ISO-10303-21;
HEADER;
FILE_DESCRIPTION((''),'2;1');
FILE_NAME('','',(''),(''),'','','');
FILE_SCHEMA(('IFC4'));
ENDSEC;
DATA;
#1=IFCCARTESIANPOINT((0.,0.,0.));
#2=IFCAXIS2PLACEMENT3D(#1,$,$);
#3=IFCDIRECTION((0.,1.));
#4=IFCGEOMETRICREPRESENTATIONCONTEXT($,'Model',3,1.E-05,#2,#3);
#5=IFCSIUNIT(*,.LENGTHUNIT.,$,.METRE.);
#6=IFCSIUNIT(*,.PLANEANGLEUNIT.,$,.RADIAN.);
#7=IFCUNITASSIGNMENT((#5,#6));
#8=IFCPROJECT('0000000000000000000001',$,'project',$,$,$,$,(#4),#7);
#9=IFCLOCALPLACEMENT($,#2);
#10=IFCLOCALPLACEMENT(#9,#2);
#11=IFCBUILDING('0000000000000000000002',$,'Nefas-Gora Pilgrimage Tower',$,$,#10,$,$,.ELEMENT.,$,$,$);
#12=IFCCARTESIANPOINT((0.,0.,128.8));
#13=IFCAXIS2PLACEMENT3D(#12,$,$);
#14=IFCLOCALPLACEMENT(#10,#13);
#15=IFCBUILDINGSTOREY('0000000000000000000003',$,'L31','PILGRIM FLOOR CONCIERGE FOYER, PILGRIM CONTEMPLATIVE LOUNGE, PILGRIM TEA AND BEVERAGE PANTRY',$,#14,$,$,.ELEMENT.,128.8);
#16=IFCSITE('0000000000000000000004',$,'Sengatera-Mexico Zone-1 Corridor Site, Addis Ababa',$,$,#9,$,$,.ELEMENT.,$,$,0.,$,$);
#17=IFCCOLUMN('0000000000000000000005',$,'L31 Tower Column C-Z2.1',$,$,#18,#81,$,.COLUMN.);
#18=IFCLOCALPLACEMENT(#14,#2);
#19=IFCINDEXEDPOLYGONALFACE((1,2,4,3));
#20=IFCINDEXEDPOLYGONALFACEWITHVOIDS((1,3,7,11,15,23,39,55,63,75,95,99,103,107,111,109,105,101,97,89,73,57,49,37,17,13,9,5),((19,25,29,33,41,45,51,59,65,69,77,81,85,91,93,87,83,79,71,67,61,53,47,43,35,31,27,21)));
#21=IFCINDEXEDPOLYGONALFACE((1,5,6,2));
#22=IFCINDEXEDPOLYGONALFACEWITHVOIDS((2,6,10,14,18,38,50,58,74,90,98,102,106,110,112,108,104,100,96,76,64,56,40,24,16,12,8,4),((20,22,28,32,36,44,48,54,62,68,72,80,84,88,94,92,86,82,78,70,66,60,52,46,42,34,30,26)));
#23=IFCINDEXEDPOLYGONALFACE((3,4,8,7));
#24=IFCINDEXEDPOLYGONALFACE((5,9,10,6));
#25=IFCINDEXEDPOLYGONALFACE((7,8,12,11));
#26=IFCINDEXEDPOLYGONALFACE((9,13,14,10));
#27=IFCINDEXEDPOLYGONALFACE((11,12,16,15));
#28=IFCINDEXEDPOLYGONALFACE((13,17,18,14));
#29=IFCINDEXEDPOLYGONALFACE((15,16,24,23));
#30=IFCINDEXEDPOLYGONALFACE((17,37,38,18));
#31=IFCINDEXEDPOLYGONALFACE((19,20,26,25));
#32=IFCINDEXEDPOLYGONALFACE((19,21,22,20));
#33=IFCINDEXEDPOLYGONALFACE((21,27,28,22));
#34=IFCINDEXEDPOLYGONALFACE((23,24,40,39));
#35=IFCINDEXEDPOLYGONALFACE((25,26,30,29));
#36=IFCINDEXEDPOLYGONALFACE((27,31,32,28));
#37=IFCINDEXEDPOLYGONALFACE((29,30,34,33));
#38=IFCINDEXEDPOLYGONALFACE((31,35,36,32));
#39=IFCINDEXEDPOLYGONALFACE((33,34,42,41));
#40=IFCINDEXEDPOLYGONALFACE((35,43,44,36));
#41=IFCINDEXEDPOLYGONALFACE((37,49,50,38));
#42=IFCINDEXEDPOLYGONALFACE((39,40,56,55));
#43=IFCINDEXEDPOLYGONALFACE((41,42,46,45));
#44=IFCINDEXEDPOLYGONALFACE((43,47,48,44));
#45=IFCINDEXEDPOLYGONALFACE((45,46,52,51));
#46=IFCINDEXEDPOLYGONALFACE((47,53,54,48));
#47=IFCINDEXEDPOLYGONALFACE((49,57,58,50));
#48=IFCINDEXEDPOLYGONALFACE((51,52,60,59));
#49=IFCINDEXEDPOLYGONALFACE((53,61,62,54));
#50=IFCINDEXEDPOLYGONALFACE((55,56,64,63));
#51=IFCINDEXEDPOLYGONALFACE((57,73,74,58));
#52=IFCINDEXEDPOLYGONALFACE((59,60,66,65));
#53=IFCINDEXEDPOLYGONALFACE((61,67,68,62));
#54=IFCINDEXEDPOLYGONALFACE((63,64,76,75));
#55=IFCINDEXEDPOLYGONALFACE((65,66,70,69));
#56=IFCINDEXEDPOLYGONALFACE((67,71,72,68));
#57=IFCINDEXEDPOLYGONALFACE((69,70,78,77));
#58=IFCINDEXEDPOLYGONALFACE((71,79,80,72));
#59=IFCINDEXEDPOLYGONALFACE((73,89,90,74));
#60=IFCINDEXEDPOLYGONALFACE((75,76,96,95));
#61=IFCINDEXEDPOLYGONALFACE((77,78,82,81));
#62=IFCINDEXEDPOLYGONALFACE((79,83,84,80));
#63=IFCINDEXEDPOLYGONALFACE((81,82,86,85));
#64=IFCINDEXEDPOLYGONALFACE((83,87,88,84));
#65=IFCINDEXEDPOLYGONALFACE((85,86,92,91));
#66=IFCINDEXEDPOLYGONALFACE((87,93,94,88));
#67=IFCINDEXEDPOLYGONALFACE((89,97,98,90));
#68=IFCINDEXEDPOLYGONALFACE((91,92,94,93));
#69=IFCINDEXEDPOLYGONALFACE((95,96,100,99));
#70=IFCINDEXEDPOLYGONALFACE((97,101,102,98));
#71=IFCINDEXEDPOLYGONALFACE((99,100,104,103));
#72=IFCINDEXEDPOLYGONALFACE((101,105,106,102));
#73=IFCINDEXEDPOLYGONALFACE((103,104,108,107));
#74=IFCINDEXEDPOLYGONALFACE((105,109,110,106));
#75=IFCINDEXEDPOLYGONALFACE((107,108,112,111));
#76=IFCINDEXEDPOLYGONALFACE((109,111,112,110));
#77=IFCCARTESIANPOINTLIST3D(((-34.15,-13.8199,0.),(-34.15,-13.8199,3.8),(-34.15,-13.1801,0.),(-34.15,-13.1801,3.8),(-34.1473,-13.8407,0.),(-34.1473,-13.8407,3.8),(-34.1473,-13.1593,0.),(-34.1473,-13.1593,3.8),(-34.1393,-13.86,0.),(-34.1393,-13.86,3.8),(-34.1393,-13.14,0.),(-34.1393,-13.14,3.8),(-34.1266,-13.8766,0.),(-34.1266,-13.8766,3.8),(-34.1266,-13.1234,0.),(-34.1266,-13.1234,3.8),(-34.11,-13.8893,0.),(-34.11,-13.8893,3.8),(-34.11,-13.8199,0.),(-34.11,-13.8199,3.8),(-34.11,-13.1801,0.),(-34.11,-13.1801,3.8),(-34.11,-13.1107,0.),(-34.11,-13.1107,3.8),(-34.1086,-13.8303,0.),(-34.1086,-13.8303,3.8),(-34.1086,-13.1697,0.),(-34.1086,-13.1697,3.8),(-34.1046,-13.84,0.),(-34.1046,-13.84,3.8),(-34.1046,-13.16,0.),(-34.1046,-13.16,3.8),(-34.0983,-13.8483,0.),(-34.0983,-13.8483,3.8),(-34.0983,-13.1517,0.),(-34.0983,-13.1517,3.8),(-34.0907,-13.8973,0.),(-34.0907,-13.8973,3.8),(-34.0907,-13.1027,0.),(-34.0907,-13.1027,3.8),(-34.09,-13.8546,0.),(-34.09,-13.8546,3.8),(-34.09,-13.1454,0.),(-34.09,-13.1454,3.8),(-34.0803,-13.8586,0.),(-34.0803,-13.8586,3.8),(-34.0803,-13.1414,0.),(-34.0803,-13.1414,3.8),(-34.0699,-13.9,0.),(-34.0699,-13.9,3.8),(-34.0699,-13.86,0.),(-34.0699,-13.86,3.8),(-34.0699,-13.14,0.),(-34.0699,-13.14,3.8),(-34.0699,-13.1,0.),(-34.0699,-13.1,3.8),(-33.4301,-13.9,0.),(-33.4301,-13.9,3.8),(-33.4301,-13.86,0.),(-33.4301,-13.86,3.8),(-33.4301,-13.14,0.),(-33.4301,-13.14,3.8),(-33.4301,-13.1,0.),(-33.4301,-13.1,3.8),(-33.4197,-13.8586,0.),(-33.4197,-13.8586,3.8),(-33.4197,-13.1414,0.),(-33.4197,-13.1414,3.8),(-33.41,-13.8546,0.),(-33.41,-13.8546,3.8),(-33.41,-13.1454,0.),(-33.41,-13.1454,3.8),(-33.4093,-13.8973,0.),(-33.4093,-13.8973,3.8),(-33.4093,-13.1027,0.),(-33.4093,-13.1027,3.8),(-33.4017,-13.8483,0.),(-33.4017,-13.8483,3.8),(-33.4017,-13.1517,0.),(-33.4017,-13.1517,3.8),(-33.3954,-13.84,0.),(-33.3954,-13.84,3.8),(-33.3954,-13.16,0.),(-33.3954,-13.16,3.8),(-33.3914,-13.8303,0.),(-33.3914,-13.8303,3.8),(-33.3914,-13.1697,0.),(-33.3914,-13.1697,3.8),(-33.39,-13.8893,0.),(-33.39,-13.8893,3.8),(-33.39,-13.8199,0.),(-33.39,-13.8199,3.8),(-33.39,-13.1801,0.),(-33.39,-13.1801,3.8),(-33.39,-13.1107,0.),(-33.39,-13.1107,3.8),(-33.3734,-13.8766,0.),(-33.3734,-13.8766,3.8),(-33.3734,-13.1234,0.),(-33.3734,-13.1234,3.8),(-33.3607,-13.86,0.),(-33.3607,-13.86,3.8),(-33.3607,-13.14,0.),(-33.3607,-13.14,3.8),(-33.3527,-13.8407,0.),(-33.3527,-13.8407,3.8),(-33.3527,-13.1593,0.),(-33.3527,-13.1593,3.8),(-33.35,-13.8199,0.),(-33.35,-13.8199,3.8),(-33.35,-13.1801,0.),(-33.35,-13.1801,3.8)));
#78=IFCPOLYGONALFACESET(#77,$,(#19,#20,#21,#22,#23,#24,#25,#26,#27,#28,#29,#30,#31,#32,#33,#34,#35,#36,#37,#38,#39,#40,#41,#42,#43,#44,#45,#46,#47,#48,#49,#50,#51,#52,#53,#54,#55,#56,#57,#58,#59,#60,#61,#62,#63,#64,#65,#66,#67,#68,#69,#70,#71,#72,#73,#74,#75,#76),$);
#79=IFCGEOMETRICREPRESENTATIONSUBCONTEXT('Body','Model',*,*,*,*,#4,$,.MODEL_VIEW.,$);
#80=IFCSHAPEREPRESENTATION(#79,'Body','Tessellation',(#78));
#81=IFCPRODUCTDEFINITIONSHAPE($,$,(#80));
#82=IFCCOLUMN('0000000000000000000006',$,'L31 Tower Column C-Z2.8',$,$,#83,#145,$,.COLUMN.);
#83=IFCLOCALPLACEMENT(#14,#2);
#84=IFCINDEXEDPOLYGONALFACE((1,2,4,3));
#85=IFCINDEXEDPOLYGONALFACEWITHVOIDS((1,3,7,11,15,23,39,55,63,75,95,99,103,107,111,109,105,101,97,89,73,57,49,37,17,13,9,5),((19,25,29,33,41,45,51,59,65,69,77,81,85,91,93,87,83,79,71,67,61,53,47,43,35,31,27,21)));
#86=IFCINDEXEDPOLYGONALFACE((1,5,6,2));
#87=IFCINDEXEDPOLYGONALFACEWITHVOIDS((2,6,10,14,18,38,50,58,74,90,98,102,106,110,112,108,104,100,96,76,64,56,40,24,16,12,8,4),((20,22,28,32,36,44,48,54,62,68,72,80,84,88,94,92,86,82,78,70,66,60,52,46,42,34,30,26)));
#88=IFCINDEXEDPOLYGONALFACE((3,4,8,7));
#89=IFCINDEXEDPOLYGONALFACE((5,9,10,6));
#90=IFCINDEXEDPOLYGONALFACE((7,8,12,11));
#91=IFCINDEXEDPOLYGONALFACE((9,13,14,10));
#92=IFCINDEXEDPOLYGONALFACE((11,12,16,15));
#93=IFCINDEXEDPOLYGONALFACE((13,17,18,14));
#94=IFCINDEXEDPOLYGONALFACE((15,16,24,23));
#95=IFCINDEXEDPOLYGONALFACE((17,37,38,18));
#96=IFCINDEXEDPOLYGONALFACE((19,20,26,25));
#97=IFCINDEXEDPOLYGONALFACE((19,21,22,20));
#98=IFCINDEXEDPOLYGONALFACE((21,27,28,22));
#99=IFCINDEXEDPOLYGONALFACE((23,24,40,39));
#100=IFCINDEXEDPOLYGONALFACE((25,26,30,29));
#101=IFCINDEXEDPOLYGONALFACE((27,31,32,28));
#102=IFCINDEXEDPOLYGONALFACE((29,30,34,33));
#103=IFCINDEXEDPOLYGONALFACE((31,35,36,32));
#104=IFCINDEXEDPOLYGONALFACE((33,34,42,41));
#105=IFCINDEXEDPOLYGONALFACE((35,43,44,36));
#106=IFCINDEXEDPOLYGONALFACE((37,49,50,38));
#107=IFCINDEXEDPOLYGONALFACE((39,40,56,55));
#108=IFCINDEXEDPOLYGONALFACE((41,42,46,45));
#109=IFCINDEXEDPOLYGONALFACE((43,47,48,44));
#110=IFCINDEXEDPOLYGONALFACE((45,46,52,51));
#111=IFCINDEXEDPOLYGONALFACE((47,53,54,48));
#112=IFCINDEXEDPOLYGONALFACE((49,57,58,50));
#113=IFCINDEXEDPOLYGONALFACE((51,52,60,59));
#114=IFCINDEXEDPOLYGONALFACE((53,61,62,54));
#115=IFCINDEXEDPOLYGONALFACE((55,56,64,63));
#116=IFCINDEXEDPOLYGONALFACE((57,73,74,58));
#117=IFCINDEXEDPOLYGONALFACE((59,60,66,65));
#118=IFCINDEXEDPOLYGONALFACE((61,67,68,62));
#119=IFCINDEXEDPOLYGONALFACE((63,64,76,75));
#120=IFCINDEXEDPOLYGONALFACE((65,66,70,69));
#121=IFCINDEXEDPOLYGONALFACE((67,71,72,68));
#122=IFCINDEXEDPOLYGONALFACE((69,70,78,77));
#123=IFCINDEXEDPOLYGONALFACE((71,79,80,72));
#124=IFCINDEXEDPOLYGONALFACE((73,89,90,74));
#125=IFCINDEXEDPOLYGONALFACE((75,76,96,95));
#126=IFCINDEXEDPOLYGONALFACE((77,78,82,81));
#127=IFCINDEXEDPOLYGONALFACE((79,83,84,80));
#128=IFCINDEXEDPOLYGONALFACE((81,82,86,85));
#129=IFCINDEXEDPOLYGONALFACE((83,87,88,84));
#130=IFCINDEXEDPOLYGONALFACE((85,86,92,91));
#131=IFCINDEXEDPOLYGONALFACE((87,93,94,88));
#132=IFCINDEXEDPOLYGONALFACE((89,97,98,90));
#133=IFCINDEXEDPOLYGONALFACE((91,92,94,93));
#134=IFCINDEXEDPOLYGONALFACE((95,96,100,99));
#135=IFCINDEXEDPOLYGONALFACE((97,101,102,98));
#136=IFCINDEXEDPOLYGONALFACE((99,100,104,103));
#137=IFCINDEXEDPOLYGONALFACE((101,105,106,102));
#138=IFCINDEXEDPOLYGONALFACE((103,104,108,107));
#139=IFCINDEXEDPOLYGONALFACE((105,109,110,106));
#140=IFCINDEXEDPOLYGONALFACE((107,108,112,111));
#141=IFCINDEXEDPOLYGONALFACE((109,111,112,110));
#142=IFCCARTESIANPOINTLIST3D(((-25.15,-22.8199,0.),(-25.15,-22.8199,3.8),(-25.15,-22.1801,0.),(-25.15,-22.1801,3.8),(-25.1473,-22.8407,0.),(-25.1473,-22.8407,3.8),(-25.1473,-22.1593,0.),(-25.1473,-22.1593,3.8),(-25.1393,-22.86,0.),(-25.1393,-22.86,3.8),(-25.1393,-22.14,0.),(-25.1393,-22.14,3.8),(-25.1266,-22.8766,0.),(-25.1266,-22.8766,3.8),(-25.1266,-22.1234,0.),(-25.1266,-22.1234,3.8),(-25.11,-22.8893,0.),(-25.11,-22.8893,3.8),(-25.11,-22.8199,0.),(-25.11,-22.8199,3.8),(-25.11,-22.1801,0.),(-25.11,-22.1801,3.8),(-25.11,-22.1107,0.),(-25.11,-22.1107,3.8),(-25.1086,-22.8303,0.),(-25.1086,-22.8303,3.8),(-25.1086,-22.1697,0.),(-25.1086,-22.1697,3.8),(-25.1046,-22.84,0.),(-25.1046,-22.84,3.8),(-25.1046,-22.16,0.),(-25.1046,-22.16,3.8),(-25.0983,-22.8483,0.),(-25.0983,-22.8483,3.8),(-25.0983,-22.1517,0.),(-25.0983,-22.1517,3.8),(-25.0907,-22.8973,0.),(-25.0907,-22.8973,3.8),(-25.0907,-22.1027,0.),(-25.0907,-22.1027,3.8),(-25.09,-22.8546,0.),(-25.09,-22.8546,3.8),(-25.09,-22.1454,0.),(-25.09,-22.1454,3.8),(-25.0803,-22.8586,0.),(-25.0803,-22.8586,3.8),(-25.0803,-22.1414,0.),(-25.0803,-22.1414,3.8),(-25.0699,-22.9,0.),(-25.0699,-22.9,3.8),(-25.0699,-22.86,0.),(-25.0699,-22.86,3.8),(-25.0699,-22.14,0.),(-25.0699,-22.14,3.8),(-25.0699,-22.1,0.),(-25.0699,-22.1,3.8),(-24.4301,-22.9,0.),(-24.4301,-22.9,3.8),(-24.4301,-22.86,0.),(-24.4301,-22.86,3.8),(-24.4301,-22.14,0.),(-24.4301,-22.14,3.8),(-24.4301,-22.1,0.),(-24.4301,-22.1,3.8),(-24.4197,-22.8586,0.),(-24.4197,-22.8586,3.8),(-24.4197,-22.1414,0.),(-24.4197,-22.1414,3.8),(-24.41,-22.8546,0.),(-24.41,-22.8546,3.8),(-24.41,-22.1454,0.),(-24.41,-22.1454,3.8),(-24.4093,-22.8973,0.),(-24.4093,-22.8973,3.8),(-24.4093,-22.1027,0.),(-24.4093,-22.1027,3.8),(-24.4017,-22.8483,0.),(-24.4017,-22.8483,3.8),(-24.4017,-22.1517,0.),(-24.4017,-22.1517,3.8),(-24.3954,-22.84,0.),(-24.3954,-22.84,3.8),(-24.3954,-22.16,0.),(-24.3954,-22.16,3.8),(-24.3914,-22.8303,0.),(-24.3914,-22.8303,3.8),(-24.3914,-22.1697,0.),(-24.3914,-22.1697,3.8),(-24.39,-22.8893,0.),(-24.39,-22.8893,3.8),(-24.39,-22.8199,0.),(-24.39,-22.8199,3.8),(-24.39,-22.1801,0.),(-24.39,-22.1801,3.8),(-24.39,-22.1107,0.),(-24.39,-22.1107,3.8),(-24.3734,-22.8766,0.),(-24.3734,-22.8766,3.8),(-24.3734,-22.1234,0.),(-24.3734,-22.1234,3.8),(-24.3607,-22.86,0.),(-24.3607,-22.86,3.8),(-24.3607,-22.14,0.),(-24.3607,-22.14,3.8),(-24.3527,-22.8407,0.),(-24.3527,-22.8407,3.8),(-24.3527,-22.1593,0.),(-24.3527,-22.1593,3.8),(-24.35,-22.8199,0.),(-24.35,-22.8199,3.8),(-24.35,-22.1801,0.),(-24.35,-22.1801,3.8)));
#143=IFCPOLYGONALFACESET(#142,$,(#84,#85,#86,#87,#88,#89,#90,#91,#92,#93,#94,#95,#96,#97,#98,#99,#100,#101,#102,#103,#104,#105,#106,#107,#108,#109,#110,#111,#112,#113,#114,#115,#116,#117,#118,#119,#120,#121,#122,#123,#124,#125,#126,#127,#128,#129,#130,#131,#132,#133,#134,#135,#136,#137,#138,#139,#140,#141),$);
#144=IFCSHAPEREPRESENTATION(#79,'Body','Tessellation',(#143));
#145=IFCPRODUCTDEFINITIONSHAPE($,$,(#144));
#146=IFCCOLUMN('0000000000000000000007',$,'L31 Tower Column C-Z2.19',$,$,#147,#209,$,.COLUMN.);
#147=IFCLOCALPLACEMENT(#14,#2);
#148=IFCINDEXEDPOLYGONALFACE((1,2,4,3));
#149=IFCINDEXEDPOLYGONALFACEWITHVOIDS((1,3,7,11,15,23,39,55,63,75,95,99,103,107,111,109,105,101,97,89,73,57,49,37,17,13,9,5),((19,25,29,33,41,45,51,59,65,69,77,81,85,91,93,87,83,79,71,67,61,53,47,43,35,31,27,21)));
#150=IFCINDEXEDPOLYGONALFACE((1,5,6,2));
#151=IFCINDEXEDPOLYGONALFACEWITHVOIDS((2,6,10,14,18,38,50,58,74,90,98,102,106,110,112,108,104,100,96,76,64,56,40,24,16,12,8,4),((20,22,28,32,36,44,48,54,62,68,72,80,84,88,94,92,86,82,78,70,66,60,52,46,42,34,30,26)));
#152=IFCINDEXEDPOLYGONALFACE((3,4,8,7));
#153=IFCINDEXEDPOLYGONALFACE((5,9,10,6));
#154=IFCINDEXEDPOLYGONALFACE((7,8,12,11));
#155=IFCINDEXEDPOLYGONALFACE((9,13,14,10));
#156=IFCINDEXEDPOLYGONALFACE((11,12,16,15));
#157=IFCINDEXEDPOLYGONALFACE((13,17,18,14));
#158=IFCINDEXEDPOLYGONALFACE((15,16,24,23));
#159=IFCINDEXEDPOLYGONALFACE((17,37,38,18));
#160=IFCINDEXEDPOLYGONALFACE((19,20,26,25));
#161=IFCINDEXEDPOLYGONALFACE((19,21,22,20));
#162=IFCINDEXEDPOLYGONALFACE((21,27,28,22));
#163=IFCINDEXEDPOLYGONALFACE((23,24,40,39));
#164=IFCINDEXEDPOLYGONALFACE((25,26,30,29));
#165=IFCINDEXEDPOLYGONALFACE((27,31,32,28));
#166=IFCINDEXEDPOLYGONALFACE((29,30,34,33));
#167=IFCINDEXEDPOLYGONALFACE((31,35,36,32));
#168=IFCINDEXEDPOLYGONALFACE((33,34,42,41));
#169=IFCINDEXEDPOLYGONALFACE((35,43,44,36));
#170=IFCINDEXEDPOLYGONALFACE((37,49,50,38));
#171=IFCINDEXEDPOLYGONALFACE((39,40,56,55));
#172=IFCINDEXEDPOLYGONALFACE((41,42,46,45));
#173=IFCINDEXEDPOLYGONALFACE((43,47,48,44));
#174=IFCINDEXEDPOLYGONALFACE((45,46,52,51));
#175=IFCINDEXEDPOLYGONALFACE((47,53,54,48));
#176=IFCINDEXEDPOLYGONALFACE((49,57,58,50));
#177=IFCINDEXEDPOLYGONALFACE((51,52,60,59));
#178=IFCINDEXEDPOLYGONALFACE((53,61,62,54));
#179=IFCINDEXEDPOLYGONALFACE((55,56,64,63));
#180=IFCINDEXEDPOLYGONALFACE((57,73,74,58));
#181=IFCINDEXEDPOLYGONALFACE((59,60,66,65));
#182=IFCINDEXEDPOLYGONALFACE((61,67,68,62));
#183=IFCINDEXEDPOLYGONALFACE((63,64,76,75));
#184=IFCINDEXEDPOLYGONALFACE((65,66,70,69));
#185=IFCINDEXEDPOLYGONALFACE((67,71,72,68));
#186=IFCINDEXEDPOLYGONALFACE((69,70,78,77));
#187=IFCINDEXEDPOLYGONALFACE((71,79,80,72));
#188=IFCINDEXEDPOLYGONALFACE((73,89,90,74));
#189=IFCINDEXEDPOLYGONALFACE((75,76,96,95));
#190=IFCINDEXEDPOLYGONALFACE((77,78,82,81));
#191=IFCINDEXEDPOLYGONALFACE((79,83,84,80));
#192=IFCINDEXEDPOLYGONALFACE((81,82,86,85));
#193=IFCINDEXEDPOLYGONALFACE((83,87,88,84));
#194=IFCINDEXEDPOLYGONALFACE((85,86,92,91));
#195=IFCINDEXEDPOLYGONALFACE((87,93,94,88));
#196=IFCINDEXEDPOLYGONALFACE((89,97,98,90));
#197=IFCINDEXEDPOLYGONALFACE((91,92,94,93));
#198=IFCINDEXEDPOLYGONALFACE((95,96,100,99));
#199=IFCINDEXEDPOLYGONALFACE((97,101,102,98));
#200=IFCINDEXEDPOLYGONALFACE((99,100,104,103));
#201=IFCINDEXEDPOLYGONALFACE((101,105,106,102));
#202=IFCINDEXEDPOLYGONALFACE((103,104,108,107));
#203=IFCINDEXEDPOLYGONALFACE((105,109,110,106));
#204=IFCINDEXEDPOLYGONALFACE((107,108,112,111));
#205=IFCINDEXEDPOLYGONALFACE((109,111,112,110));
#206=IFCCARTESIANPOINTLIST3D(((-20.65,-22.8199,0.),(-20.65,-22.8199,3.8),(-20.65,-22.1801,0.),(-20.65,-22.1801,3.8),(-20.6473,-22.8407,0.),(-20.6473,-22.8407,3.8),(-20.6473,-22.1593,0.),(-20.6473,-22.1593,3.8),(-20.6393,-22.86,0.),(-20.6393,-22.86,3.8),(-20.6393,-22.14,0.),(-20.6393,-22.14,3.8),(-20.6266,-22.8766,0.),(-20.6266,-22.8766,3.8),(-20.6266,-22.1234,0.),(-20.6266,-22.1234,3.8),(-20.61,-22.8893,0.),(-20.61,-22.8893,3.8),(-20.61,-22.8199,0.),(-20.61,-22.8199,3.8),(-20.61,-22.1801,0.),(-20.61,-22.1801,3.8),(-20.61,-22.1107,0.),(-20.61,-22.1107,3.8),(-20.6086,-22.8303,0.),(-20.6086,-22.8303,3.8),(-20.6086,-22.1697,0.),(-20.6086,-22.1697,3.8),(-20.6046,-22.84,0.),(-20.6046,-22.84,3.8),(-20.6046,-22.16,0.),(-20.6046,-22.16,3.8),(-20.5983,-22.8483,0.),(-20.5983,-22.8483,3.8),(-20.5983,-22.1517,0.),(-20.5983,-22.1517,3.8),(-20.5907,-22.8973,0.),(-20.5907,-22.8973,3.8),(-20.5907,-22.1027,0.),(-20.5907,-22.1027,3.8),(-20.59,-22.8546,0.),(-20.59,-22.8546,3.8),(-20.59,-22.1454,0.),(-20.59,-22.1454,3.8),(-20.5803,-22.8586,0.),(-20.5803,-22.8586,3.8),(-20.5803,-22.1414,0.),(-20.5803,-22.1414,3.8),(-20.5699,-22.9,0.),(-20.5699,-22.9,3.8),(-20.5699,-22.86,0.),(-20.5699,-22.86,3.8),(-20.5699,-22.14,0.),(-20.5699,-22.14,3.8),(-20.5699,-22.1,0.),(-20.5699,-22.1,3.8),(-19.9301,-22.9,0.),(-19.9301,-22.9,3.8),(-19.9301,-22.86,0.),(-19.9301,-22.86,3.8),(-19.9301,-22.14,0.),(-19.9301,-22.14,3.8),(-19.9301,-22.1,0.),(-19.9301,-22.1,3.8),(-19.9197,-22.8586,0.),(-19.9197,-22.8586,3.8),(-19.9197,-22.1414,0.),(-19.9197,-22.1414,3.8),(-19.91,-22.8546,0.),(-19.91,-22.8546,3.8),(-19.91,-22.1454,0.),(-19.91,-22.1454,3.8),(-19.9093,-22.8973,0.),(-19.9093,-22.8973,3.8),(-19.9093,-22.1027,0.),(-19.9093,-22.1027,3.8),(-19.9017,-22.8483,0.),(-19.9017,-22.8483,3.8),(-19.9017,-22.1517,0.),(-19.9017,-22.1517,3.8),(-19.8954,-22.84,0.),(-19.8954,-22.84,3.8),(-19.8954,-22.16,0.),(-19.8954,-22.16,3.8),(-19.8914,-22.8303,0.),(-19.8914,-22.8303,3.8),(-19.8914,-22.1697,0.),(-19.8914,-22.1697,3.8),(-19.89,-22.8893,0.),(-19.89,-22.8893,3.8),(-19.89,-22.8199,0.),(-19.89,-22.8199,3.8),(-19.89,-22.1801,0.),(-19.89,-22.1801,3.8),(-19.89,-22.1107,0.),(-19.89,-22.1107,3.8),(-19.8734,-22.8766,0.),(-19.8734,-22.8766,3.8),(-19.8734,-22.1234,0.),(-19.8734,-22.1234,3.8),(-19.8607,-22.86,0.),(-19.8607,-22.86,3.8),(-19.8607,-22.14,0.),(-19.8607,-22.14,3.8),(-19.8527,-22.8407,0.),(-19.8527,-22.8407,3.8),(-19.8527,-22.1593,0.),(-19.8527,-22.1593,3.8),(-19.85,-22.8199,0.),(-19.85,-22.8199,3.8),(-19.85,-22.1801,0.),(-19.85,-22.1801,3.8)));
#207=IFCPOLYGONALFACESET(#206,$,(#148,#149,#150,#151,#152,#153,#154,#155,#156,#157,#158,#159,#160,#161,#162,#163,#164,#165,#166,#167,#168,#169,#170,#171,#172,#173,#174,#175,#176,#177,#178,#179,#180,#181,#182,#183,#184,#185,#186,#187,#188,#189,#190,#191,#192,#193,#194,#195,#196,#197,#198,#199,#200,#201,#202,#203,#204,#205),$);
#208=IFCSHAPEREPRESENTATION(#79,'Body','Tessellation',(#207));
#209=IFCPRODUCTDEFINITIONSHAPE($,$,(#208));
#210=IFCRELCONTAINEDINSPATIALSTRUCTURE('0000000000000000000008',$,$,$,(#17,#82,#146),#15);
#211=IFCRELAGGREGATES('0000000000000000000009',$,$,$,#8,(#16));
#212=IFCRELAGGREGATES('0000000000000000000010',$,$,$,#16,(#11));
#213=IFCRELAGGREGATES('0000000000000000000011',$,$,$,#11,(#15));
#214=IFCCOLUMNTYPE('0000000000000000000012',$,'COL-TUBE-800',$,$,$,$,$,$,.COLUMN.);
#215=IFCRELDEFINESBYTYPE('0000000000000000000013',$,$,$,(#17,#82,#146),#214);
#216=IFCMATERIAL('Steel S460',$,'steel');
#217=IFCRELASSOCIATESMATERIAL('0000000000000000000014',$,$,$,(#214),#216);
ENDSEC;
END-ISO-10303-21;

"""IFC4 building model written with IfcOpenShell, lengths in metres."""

from ifc_helpers import new_model, si_unit, direction, frame, origin, origin_2d, place, context, subcontext, project, spatial, hollow_rectangle, extrude, source, transform, mapped, material, material_profile, profile_set, type_object, element, save


model = new_model("IFC4")

# Units and contexts
model_context = context("Model", 3, precision=1e-05, world=origin(), true_north=direction((0.0, 1.0)))
body_context = subcontext(model_context, "Body", "Model", "MODEL_VIEW")
ifc_project = project(units=[si_unit("LENGTHUNIT", "METRE"), si_unit("PLANEANGLEUNIT", "RADIAN")], contexts=[model_context])

# Site, building, storey
site_placement = place(None, origin())
site = spatial("IfcSite", under=ifc_project, at=site_placement, Name="Sengatera-Mexico Zone-1 Corridor Site, Addis Ababa", CompositionType="ELEMENT", RefElevation=0.0)
building_placement = place(site_placement, origin())
building = spatial("IfcBuilding", under=site, at=building_placement, Name="Nefas-Gora Pilgrimage Tower", CompositionType="ELEMENT")
storey_placement = place(building_placement, frame((0.0, 0.0, 128.8)))
storey = spatial("IfcBuildingStorey", under=building, at=storey_placement, Name="L31", Description="PILGRIM FLOOR CONCIERGE FOYER, PILGRIM CONTEMPLATIVE LOUNGE, PILGRIM TEA AND BEVERAGE PANTRY", CompositionType="ELEMENT", Elevation=128.8)

# Columns
ifc_material_1 = material(Name="Steel S460", Category="steel")
ifc_material_profile_1 = material_profile(ifc_material_1, hollow_rectangle(XDim=0.8, YDim=0.8, WallThickness=0.04, InnerFilletRadius=0.04, OuterFilletRadius=0.0801, at=origin_2d()), Name="BOX 800x800x40")
ifc_profile_set_1 = profile_set([ifc_material_profile_1], Name="Steel S460")
column_type_1 = type_object("IfcColumnType", Name="COL-TUBE-800", PredefinedType="COLUMN", material=ifc_profile_set_1)
shared_shape_1 = source(origin(), body_context, "Body", "SweptSolid", [
    extrude(hollow_rectangle(XDim=0.8, YDim=0.8, WallThickness=0.04, InnerFilletRadius=0.04, OuterFilletRadius=0.0801, at=origin_2d()), origin(), (0.0, 0.0, 1.0), 3.8),
])
for number, where, z_axis, x_axis, name in (
    (1, (-33.75, -13.5, 0.0), (0.0, 0.0, 1.0), (1.0, 0.0, 0.0), "L31 Tower Column C-Z2.1"),
    (2, (-24.75, -22.5, 0.0), (0.0, 0.0, 1.0), (1.0, 0.0, 0.0), "L31 Tower Column C-Z2.8"),
    (3, (-20.25, -22.5, 0.0), (0.0, 0.0, 1.0), (1.0, 0.0, 0.0), "L31 Tower Column C-Z2.19"),
):
    element("IfcColumn", number, at=place(storey_placement, frame(where, z_axis=z_axis, x_axis=x_axis)), inside=storey, type_object=column_type_1, Name=name, PredefinedType="COLUMN", context=body_context, shape_type="MappedRepresentation", body=[
        mapped(shared_shape_1, transform((0.0, 0.0, 0.0), x_axis=(1.0, 0.0, 0.0), y_axis=(0.0, 1.0, 0.0), z_axis=(0.0, 0.0, 1.0), scale=1.0)),
    ])

save(model, "model.ifc")
